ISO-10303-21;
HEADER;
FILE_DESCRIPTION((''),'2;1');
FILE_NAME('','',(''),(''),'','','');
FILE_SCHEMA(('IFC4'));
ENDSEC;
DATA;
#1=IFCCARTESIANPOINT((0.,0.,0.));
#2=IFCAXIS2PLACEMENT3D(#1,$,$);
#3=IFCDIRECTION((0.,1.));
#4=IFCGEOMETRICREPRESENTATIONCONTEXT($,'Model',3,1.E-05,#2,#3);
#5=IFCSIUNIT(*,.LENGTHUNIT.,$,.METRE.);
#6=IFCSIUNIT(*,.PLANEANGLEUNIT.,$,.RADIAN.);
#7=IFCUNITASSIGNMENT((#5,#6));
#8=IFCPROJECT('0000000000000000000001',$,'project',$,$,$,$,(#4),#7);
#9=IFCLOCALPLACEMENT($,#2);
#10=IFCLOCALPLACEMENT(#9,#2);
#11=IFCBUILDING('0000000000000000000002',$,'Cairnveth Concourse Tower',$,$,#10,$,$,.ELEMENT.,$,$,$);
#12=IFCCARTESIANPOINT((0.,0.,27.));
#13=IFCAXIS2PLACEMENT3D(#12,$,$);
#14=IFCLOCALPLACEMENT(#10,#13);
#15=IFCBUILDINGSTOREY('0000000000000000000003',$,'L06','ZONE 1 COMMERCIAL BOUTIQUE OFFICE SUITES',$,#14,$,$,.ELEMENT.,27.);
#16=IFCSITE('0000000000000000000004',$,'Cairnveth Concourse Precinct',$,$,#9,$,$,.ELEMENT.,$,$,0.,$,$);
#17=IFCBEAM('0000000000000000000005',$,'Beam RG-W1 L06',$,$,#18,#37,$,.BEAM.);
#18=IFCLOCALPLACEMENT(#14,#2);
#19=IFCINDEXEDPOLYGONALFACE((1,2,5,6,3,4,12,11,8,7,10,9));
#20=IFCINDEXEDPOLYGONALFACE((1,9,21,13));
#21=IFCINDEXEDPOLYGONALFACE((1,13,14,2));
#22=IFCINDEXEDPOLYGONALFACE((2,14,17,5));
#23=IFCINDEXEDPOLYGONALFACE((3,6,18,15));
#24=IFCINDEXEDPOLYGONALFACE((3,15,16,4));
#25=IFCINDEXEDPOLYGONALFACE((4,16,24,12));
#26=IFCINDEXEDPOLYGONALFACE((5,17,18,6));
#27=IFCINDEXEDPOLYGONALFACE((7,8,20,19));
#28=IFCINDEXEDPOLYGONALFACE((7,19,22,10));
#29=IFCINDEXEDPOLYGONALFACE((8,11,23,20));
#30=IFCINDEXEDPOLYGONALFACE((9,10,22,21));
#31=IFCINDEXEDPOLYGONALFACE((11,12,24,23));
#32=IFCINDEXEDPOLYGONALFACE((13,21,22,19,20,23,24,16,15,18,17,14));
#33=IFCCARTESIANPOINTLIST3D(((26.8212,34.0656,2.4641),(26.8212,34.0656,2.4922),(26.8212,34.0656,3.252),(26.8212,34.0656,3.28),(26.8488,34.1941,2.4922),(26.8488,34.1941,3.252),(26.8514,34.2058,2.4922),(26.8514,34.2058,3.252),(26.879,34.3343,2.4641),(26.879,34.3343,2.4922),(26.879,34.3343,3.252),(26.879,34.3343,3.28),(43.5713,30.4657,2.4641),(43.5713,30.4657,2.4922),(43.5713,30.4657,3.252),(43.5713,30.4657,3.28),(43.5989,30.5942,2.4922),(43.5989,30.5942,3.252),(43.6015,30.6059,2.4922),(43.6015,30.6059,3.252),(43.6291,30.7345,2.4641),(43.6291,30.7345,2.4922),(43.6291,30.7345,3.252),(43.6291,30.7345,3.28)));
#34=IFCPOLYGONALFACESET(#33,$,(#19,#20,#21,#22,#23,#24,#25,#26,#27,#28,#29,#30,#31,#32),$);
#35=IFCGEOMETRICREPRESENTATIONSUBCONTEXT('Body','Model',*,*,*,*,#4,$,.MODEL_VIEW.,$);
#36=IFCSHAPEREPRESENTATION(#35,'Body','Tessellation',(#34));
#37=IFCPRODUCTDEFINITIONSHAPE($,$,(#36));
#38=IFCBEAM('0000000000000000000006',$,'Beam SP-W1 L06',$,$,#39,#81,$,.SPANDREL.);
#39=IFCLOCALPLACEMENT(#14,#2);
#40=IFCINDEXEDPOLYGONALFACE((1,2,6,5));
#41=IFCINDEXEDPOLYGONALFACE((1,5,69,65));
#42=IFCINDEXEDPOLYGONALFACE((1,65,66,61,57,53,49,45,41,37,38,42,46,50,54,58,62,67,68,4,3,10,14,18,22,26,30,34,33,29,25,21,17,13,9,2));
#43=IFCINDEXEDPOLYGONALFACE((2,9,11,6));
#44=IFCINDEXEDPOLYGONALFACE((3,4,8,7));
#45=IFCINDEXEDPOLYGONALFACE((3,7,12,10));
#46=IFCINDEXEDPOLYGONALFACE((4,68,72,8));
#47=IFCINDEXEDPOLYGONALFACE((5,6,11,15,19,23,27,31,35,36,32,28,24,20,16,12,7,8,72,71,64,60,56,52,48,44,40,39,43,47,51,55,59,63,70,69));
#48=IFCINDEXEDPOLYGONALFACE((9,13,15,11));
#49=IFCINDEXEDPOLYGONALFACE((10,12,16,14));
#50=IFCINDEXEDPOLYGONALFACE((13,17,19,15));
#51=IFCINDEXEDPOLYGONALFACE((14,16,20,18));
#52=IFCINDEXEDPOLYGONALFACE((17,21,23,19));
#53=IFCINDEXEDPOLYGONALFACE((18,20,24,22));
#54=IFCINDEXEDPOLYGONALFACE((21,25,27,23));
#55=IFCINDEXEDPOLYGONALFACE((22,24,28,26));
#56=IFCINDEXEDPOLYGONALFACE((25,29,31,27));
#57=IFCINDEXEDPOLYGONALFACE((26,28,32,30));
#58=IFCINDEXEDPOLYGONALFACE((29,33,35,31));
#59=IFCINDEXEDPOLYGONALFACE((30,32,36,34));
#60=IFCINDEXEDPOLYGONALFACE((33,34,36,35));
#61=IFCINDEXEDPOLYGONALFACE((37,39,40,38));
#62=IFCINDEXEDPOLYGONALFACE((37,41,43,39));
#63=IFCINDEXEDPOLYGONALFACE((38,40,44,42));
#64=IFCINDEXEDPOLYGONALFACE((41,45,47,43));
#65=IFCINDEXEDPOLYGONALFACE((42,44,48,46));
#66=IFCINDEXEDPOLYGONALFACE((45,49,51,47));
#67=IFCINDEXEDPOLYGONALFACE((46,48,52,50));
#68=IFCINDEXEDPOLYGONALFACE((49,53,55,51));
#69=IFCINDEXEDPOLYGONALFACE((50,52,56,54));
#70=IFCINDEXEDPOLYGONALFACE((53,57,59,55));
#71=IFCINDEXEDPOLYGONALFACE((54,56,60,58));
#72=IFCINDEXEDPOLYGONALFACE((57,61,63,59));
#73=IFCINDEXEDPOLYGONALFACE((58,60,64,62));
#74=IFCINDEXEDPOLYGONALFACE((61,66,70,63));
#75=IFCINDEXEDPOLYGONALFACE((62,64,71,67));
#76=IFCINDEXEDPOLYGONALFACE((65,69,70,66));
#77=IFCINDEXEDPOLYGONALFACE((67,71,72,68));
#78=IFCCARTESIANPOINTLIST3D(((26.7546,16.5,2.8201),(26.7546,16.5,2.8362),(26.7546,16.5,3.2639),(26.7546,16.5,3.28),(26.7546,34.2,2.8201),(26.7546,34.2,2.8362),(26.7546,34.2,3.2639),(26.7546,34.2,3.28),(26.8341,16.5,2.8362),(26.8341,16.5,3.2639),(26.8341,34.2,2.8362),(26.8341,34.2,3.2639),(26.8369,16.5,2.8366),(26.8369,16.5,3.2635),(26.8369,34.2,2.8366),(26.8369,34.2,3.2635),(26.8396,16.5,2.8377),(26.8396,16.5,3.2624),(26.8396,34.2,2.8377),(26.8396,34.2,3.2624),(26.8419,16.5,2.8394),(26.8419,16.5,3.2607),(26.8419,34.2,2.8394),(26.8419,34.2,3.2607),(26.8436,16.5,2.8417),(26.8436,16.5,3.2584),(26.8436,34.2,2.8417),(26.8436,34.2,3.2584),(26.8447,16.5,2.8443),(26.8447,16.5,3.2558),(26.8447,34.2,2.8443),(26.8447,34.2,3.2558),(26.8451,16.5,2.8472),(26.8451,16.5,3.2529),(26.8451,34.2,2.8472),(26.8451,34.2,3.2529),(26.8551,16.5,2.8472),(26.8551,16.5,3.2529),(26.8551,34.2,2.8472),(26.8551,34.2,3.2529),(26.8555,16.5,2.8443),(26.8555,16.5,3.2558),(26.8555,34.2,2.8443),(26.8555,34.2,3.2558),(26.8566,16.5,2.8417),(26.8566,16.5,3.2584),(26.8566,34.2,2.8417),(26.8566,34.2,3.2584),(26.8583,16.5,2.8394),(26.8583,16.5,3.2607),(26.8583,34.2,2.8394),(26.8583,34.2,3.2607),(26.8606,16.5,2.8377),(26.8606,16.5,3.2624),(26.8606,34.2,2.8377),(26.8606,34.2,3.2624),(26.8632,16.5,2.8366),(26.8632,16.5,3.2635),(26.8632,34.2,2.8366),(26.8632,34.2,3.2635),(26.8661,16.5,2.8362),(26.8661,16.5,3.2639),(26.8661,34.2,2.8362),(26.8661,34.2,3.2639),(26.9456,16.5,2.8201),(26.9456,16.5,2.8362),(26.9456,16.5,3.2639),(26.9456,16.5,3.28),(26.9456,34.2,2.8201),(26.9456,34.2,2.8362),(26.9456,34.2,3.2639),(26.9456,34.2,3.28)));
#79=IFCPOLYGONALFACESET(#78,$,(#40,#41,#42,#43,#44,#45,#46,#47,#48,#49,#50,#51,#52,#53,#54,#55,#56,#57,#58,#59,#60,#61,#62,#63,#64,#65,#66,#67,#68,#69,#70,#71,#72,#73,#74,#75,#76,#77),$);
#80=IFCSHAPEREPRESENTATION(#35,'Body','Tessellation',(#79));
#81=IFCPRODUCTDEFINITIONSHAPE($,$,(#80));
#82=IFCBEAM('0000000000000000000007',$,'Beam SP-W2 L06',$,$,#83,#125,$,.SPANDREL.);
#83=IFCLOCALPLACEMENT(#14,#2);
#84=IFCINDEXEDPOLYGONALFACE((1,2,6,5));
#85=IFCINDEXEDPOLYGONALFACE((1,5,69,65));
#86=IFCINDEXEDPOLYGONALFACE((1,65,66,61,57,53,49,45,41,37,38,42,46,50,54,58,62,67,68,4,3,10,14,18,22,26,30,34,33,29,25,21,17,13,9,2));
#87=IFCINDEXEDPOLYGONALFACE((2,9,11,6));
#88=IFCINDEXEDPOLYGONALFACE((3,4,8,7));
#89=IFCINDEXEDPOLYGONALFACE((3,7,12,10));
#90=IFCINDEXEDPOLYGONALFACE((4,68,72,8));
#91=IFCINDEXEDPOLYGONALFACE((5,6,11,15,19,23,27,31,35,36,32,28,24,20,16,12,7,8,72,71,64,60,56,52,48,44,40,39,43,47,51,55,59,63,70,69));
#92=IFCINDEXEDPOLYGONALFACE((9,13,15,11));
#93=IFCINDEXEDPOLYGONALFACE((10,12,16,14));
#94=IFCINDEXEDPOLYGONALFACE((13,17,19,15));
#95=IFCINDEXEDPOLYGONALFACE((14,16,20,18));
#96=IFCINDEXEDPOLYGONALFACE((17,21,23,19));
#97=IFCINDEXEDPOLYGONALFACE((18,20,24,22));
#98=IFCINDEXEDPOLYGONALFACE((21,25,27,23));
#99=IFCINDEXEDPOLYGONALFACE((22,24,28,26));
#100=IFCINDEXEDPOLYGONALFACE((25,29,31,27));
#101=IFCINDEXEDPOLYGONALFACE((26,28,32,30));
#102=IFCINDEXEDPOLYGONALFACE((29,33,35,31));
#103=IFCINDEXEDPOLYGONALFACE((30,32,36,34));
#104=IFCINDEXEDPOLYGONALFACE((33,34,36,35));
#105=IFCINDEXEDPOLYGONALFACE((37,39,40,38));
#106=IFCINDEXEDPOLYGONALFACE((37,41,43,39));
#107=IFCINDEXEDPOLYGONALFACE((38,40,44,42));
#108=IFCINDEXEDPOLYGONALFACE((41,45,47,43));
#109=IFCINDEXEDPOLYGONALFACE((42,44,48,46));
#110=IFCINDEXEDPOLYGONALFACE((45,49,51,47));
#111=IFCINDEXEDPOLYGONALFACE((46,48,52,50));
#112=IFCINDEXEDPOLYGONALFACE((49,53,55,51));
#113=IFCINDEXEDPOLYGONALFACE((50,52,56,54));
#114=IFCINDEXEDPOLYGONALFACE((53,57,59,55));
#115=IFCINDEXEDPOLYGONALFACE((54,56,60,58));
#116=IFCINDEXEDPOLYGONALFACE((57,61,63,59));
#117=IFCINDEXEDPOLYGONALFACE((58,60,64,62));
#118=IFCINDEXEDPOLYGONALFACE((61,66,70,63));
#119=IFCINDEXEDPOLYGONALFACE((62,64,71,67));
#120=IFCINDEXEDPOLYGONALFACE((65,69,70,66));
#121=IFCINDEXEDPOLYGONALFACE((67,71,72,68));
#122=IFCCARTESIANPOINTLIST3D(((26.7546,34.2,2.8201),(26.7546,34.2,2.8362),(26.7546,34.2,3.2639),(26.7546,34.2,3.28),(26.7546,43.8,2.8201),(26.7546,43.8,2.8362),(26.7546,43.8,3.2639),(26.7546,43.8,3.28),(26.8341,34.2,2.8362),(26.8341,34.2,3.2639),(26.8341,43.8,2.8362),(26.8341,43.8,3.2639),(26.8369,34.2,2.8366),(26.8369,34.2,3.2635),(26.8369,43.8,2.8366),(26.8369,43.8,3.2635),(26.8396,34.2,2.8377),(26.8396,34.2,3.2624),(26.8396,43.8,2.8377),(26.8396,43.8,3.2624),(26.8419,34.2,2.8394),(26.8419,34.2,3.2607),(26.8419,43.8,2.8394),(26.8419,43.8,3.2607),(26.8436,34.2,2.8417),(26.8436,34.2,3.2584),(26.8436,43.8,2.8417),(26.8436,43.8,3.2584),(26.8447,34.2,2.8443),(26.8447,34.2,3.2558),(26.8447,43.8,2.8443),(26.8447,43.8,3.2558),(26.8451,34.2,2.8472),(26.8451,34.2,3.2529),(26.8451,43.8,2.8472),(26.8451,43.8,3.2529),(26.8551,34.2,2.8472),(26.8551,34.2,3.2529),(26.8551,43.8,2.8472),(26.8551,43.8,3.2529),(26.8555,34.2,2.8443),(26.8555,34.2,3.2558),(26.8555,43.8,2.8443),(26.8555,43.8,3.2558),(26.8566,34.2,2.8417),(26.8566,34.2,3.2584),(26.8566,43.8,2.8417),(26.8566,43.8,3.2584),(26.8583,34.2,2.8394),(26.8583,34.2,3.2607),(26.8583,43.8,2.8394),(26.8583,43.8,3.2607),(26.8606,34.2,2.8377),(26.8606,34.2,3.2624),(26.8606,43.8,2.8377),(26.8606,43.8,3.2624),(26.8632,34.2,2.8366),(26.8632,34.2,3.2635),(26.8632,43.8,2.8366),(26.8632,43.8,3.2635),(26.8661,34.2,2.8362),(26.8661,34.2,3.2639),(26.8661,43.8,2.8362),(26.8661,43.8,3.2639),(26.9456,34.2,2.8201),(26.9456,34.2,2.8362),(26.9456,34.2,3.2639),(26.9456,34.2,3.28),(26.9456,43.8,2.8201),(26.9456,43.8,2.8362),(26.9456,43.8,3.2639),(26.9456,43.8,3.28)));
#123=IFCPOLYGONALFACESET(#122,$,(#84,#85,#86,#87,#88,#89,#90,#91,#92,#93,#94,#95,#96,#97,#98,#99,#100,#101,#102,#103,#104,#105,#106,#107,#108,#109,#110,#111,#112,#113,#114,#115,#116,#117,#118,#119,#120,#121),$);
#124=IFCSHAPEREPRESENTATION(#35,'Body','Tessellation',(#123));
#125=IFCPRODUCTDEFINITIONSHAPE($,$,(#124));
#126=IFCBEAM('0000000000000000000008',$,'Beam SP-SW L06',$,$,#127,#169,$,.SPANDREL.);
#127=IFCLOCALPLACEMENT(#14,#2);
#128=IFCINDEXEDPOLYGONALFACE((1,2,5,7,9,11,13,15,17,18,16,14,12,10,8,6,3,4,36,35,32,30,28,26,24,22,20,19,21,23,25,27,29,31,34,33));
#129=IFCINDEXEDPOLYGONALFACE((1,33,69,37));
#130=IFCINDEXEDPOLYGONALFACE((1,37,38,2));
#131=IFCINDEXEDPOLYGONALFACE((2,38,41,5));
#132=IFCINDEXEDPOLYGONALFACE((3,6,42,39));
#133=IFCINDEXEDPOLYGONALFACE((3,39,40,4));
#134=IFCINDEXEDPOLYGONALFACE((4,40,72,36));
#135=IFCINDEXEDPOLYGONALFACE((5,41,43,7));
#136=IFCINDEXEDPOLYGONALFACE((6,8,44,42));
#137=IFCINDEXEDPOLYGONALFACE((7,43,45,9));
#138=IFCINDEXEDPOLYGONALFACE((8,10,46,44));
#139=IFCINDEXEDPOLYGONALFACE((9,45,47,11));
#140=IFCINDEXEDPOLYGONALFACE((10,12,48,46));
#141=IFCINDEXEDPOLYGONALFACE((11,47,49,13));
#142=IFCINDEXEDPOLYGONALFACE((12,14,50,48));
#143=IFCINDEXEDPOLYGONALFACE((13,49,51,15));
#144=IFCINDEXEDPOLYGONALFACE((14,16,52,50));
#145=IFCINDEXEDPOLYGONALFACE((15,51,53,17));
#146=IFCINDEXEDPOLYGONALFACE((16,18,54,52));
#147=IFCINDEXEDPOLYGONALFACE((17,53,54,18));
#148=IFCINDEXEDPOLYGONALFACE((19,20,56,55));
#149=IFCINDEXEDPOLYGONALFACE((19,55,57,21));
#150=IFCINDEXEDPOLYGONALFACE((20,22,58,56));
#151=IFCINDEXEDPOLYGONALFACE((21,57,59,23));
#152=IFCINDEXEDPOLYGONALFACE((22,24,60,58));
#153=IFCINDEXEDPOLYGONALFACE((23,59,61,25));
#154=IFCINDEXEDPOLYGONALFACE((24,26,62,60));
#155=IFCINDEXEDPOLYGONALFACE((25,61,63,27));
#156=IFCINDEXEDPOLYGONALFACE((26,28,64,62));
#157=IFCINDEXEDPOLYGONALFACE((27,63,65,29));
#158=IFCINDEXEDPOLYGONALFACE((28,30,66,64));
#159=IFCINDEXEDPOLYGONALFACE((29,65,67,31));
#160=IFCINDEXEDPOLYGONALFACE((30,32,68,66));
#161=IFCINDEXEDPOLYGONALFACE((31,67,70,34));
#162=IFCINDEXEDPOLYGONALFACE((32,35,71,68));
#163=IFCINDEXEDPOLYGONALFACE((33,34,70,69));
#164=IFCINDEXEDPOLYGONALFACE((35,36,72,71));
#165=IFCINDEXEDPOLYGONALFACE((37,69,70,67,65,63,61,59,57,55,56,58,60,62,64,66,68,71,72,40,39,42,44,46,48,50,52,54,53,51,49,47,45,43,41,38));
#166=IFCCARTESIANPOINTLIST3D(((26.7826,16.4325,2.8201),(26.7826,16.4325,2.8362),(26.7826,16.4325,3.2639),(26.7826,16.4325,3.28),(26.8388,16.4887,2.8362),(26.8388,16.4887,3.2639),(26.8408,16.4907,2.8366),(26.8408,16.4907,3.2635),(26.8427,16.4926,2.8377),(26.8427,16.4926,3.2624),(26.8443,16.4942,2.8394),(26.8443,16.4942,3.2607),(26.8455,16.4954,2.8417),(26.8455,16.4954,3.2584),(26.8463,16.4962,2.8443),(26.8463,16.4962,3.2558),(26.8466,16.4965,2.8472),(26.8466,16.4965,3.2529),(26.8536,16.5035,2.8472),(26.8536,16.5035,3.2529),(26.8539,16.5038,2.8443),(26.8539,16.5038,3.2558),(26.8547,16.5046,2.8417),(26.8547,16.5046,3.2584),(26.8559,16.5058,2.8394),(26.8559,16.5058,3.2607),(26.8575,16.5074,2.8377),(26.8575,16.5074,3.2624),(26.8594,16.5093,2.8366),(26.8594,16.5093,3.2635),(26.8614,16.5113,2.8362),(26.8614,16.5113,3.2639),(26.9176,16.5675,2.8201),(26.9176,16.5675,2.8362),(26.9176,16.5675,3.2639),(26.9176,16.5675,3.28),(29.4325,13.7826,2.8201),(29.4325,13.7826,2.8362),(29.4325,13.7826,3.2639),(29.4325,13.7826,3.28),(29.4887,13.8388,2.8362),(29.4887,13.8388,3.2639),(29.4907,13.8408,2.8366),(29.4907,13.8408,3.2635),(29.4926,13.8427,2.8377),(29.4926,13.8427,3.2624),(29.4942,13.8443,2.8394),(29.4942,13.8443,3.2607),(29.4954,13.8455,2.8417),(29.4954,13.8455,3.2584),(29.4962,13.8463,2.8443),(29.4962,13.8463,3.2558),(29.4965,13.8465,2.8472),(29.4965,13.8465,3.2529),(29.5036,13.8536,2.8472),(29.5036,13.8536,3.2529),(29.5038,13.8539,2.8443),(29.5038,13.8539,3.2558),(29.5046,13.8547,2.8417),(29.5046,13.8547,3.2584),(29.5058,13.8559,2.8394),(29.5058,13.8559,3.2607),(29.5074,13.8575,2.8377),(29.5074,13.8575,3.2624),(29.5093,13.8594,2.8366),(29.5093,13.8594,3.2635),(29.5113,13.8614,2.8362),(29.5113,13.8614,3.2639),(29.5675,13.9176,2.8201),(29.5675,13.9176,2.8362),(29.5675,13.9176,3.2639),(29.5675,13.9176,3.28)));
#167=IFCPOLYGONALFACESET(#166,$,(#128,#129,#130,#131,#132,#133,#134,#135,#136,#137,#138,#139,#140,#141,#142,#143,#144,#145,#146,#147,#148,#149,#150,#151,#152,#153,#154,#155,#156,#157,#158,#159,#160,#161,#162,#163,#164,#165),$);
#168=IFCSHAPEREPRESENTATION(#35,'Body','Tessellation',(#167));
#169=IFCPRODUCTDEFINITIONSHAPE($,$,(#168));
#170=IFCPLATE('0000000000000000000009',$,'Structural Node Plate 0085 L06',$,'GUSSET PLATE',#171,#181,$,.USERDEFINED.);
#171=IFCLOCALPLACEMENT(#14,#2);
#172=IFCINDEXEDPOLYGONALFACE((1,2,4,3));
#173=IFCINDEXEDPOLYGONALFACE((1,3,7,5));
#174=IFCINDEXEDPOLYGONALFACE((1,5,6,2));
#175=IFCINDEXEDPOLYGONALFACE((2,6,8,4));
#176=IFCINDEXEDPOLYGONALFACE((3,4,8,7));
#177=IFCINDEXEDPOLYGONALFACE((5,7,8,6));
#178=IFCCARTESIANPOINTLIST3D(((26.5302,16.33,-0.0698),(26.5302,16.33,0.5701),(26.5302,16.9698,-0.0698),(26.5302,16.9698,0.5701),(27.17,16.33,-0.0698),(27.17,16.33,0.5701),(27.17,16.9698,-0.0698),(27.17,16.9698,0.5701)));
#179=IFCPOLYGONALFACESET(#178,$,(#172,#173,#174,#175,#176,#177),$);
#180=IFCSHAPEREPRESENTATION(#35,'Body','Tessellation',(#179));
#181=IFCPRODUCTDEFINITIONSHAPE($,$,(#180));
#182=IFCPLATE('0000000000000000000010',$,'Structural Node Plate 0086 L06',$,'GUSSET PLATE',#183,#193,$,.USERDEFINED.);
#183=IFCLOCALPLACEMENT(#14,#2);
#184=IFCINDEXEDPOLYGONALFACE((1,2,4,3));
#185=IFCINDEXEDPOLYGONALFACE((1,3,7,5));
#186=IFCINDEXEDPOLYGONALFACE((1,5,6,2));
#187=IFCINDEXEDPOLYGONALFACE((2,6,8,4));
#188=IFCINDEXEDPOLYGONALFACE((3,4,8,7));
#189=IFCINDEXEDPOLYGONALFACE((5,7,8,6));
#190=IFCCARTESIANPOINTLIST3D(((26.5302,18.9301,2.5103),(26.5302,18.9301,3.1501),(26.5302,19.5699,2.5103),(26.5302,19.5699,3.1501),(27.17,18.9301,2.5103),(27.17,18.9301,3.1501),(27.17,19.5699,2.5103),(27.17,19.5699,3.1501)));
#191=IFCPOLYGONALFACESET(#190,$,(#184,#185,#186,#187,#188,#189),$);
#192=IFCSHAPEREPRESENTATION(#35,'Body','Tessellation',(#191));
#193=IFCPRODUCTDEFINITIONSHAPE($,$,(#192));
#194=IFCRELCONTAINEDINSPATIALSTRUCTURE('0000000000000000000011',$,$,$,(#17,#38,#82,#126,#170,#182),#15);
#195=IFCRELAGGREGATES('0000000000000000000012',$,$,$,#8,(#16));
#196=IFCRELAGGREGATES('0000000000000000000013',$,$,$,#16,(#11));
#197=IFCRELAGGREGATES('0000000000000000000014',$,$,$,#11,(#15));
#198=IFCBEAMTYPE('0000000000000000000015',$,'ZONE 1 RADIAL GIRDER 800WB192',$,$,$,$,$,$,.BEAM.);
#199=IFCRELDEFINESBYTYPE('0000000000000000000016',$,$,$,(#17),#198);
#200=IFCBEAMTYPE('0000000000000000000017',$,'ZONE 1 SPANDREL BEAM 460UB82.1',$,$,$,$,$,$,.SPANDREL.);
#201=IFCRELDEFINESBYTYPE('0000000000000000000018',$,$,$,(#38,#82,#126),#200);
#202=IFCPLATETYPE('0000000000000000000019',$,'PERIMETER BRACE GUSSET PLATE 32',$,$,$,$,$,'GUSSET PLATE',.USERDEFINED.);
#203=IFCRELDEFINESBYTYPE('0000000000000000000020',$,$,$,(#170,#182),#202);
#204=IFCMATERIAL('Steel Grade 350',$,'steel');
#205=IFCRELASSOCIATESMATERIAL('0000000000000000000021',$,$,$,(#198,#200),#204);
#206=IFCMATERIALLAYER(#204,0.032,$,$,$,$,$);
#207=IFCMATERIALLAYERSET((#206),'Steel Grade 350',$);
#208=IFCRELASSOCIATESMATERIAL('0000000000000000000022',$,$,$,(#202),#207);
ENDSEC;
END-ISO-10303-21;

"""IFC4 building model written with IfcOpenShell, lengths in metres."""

from ifc_helpers import new_model, si_unit, direction, frame, origin, origin_2d, place, context, subcontext, project, spatial, rectangle, i_section, extrude, material, layer, layer_set, material_profile, profile_set, type_object, element, save


model = new_model("IFC4")

# Units and contexts
model_context = context("Model", 3, precision=1e-05, world=origin(), true_north=direction((0.0, 1.0)))
body_context = subcontext(model_context, "Body", "Model", "MODEL_VIEW")
ifc_project = project(units=[si_unit("LENGTHUNIT", "METRE"), si_unit("PLANEANGLEUNIT", "RADIAN")], contexts=[model_context])

# Site, building, storey
site_placement = place(None, origin())
site = spatial("IfcSite", under=ifc_project, at=site_placement, Name="Cairnveth Concourse Precinct", CompositionType="ELEMENT", RefElevation=0.0)
building_placement = place(site_placement, origin())
building = spatial("IfcBuilding", under=site, at=building_placement, Name="Cairnveth Concourse Tower", CompositionType="ELEMENT")
storey_placement = place(building_placement, frame((0.0, 0.0, 27.0)))
storey = spatial("IfcBuildingStorey", under=building, at=storey_placement, Name="L06", Description="ZONE 1 COMMERCIAL BOUTIQUE OFFICE SUITES", CompositionType="ELEMENT", Elevation=27.0)

# Shared definitions
ifc_material_1 = material(Name="Steel Grade 350", Category="steel")

# Beams
ifc_material_profile_1 = material_profile(ifc_material_1, i_section(OverallWidth=0.2749, OverallDepth=0.8159, WebThickness=0.012, FlangeThickness=0.0281, at=origin_2d()), Name="800WB192")
ifc_profile_set_1 = profile_set([ifc_material_profile_1], Name="Steel Grade 350")
beam_type_1 = type_object("IfcBeamType", Name="ZONE 1 RADIAL GIRDER 800WB192", PredefinedType="BEAM", material=ifc_profile_set_1)
beam_1_placement = place(storey_placement, frame((26.8501, 34.2, 2.8721), z_axis=(0.977676, -0.210119, 0.0), x_axis=(0.210119, 0.977676, 0.0)))
element("IfcBeam", 1, at=beam_1_placement, inside=storey, type_object=beam_type_1, Name="Beam RG-W1 L06", PredefinedType="BEAM", context=body_context, shape_type="SweptSolid", body=[
    extrude(i_section(OverallWidth=0.2749, OverallDepth=0.8159, WebThickness=0.012, FlangeThickness=0.0281, at=origin_2d()), origin(), (0.0, 0.0, 1.0), 17.1326),
])
ifc_material_profile_2 = material_profile(ifc_material_1, i_section(OverallWidth=0.1909, OverallDepth=0.46, WebThickness=0.01, FlangeThickness=0.0161, FilletRadius=0.011, at=origin_2d()), Name="460UB82.1")
ifc_profile_set_2 = profile_set([ifc_material_profile_2], Name="Steel Grade 350")
beam_type_2 = type_object("IfcBeamType", Name="ZONE 1 SPANDREL BEAM 460UB82.1", PredefinedType="SPANDREL", material=ifc_profile_set_2)
beam_2_placement = place(storey_placement, frame((26.8501, 16.5, 3.05), z_axis=(0.0, 1.0, 0.0), x_axis=(-1.0, 0.0, 0.0)))
element("IfcBeam", 2, at=beam_2_placement, inside=storey, type_object=beam_type_2, Name="Beam SP-W1 L06", PredefinedType="SPANDREL", context=body_context, shape_type="SweptSolid", body=[
    extrude(i_section(OverallWidth=0.1909, OverallDepth=0.46, WebThickness=0.01, FlangeThickness=0.0161, FilletRadius=0.011, at=origin_2d()), origin(), (0.0, 0.0, 1.0), 17.7),
])
beam_3_placement = place(storey_placement, frame((26.8501, 34.2, 3.05), z_axis=(0.0, 1.0, 0.0), x_axis=(-1.0, 0.0, 0.0)))
element("IfcBeam", 3, at=beam_3_placement, inside=storey, type_object=beam_type_2, Name="Beam SP-W2 L06", PredefinedType="SPANDREL", context=body_context, shape_type="SweptSolid", body=[
    extrude(i_section(OverallWidth=0.1909, OverallDepth=0.46, WebThickness=0.01, FlangeThickness=0.0161, FilletRadius=0.011, at=origin_2d()), origin(), (0.0, 0.0, 1.0), 9.6001),
])
beam_4_placement = place(storey_placement, frame((26.8501, 16.5, 3.05), z_axis=(0.707107, -0.707107, 0.0), x_axis=(0.707107, 0.707107, 0.0)))
element("IfcBeam", 4, at=beam_4_placement, inside=storey, type_object=beam_type_2, Name="Beam SP-SW L06", PredefinedType="SPANDREL", context=body_context, shape_type="SweptSolid", body=[
    extrude(i_section(OverallWidth=0.1909, OverallDepth=0.46, WebThickness=0.01, FlangeThickness=0.0161, FilletRadius=0.011, at=origin_2d()), origin(), (0.0, 0.0, 1.0), 3.7476),
])

# Plates
ifc_layer_1 = layer(ifc_material_1, 0.032)
ifc_layer_set_1 = layer_set([ifc_layer_1], Name="Steel Grade 350")
plate_type = type_object("IfcPlateType", Name="PERIMETER BRACE GUSSET PLATE 32", ElementType="GUSSET PLATE", PredefinedType="USERDEFINED", material=ifc_layer_set_1)
for number, where, z_axis, x_axis, name in (
    (5, (26.8501, 16.6499, -0.0698), (0.0, 0.0, 1.0), (1.0, 0.0, 0.0), "Structural Node Plate 0085 L06"),
    (6, (26.8501, 19.25, 2.5103), (0.0, 0.0, 1.0), (1.0, 0.0, 0.0), "Structural Node Plate 0086 L06"),
):
    element("IfcPlate", number, at=place(storey_placement, frame(where, z_axis=z_axis, x_axis=x_axis)), inside=storey, type_object=plate_type, Name=name, ObjectType="GUSSET PLATE", PredefinedType="USERDEFINED", context=body_context, shape_type="SweptSolid", body=[
        extrude(rectangle(XDim=0.6399, YDim=0.6399, at=origin_2d()), origin(), (0.0, 0.0, 1.0), 0.6399),
    ])

save(model, "model.ifc")
